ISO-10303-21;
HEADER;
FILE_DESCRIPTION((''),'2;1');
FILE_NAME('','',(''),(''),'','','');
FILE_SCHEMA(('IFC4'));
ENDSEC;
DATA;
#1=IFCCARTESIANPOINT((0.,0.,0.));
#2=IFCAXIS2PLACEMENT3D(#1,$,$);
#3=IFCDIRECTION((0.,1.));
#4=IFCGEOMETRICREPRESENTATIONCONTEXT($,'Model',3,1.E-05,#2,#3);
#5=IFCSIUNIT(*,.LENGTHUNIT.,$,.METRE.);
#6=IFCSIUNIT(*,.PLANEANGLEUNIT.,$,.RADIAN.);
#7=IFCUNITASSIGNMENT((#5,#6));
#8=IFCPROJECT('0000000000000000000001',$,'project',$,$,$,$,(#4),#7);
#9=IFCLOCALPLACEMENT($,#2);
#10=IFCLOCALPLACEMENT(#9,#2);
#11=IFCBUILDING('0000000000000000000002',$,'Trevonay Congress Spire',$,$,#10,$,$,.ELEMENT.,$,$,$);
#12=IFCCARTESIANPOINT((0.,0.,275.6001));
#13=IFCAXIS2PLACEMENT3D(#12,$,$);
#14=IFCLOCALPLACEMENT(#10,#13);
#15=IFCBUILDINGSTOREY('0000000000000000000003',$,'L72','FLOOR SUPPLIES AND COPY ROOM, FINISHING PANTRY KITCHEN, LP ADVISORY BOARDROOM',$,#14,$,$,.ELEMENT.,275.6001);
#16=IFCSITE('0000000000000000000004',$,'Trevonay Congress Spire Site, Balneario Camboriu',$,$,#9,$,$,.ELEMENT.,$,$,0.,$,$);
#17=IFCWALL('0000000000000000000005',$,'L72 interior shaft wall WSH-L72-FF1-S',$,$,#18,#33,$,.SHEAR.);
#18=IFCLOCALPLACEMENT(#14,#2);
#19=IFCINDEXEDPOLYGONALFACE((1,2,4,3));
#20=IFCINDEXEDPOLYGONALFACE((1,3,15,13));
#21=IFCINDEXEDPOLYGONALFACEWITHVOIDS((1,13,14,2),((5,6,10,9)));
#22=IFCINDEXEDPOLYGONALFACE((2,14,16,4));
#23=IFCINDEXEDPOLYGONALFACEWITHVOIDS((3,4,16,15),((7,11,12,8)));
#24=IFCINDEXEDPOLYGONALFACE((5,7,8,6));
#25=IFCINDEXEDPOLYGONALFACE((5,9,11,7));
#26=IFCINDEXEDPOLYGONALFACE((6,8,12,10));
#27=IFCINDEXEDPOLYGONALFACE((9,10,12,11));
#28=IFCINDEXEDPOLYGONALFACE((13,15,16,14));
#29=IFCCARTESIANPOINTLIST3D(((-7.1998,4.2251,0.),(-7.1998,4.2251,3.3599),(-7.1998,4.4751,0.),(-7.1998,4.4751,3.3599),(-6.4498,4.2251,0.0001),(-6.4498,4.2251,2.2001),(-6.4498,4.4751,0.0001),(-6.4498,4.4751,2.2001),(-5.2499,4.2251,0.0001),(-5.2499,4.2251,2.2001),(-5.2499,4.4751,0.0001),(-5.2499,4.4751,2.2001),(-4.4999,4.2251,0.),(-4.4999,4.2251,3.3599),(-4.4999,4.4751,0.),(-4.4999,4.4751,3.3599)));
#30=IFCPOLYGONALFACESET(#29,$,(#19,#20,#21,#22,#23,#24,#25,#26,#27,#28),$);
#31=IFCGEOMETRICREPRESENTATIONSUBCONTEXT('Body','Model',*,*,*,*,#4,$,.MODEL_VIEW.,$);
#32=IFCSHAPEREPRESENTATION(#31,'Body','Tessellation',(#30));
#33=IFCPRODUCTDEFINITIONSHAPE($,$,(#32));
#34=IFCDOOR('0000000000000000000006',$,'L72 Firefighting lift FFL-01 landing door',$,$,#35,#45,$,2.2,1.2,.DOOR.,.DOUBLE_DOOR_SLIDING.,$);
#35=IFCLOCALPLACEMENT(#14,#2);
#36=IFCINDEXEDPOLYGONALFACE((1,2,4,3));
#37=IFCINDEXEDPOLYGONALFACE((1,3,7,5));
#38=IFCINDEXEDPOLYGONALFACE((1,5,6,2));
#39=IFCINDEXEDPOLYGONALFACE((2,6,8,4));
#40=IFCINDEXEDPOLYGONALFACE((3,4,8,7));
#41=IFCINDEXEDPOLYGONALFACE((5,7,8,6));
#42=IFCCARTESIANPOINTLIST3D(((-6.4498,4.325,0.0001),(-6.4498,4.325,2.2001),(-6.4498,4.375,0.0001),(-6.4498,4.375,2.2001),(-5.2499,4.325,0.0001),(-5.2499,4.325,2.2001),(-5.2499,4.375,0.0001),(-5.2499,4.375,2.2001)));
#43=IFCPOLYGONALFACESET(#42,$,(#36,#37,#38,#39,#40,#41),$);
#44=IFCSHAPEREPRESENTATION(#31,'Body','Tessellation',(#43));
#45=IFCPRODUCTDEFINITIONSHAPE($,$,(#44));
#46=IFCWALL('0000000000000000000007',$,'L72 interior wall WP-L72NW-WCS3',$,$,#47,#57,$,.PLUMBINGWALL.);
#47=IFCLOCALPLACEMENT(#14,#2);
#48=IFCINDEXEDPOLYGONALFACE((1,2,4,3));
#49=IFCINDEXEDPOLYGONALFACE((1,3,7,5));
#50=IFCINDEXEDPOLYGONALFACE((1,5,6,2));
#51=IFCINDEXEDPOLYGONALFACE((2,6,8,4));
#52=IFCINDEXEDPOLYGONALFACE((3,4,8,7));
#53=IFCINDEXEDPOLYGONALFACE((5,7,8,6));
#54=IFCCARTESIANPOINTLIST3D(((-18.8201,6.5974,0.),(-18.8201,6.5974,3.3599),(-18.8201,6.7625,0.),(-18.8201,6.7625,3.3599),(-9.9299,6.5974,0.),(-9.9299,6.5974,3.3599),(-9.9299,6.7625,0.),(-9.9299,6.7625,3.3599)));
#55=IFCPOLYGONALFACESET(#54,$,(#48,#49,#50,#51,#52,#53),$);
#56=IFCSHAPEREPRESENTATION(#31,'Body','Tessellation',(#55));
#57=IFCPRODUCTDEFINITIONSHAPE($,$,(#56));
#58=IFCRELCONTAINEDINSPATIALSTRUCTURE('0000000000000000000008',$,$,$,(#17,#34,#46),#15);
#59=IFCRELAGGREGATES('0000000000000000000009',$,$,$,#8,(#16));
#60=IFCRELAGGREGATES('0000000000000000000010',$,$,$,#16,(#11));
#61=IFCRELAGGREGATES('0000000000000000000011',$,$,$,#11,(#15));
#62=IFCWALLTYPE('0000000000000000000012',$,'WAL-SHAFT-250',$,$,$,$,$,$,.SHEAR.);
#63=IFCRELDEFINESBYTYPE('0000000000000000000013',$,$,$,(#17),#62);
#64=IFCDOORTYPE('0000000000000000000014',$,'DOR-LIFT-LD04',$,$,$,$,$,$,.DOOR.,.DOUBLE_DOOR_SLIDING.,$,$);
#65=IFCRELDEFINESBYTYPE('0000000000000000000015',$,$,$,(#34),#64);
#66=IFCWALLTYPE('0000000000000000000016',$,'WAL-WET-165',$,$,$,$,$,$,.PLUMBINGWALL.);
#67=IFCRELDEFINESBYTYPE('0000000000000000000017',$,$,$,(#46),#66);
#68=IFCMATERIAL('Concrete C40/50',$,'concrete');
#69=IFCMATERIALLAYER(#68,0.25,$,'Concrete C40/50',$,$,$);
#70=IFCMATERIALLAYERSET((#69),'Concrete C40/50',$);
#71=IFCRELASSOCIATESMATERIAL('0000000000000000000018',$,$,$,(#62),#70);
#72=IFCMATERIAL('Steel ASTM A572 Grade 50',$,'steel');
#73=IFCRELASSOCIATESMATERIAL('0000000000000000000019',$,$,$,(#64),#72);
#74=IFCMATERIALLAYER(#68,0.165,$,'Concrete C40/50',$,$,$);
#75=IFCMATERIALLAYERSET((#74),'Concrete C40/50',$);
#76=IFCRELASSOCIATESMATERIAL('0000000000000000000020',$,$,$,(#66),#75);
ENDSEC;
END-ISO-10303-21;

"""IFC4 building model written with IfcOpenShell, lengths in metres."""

from ifc_helpers import new_model, si_unit, direction, frame, frame_2d, origin, place, context, subcontext, project, spatial, rectangle, extrude, material, layer, layer_set, type_object, element, fill, save


model = new_model("IFC4")

# Units and contexts
model_context = context("Model", 3, precision=1e-05, world=origin(), true_north=direction((0.0, 1.0)))
body_context = subcontext(model_context, "Body", "Model", "MODEL_VIEW")
ifc_project = project(units=[si_unit("LENGTHUNIT", "METRE"), si_unit("PLANEANGLEUNIT", "RADIAN")], contexts=[model_context])

# Site, building, storey
site_placement = place(None, origin())
site = spatial("IfcSite", under=ifc_project, at=site_placement, Name="Trevonay Congress Spire Site, Balneario Camboriu", CompositionType="ELEMENT", RefElevation=0.0)
building_placement = place(site_placement, origin())
building = spatial("IfcBuilding", under=site, at=building_placement, Name="Trevonay Congress Spire", CompositionType="ELEMENT")
storey_placement = place(building_placement, frame((0.0, 0.0, 275.6001)))
storey = spatial("IfcBuildingStorey", under=building, at=storey_placement, Name="L72", Description="FLOOR SUPPLIES AND COPY ROOM, FINISHING PANTRY KITCHEN, LP ADVISORY BOARDROOM", CompositionType="ELEMENT", Elevation=275.6001)

# Shared definitions
ifc_material_1 = material(Name="Steel ASTM A572 Grade 50", Category="steel")

# Shared definitions
ifc_material_2 = material(Name="Concrete C40/50", Category="concrete")

# Wall, opening, door
ifc_layer_1 = layer(ifc_material_2, 0.25, Name="Concrete C40/50")
ifc_layer_set_1 = layer_set([ifc_layer_1], Name="Concrete C40/50")
wall_type_1 = type_object("IfcWallType", Name="WAL-SHAFT-250", PredefinedType="SHEAR", material=ifc_layer_set_1)
wall_1_placement = place(storey_placement, frame((-7.2, 4.3501, 0.0), z_axis=(0.0, 0.0, 1.0), x_axis=(1.0, 0.0, 0.0)))
wall_1 = element("IfcWall", 1, at=wall_1_placement, inside=storey, type_object=wall_type_1, Name="L72 interior shaft wall WSH-L72-FF1-S", PredefinedType="SHEAR", context=body_context, shape_type="SweptSolid", body=[
    extrude(rectangle(XDim=2.7, YDim=0.25, at=frame_2d((1.3501, 0.0))), origin(), (0.0, 0.0, 1.0), 3.3599),
])
opening_placement = place(wall_1_placement, frame((0.75, 0.0, 0.0)))
opening = element("IfcOpeningElement", 2, at=opening_placement, cuts=wall_1, PredefinedType="OPENING", context=body_context, shape_type="SweptSolid", body=[
    extrude(rectangle(XDim=1.2, YDim=2.2, at=frame_2d((0.6001, 1.1001))), frame((0.0, 0.135, 0.0), z_axis=(0.0, -1.0, 0.0), x_axis=(1.0, 0.0, 0.0)), (0.0, 0.0, 1.0), 0.27),
])
door_type = type_object("IfcDoorType", Name="DOR-LIFT-LD04", OperationType="DOUBLE_DOOR_SLIDING", PredefinedType="DOOR", material=ifc_material_1)
door_placement = place(opening_placement, origin())
door = element("IfcDoor", 3, at=door_placement, inside=storey, type_object=door_type, Name="L72 Firefighting lift FFL-01 landing door", OperationType="DOUBLE_DOOR_SLIDING", OverallHeight=2.2, OverallWidth=1.2, PredefinedType="DOOR", context=body_context, shape_type="SweptSolid", body=[
    extrude(rectangle(XDim=1.2, YDim=2.2, at=frame_2d((0.6001, 1.1001))), frame((0.0, 0.0249, 0.0), z_axis=(0.0, -1.0, 0.0), x_axis=(1.0, 0.0, 0.0)), (0.0, 0.0, 1.0), 0.05),
])
fill(opening, door)

# Wall
ifc_layer_2 = layer(ifc_material_2, 0.165, Name="Concrete C40/50")
ifc_layer_set_2 = layer_set([ifc_layer_2], Name="Concrete C40/50")
wall_type_2 = type_object("IfcWallType", Name="WAL-WET-165", PredefinedType="PLUMBINGWALL", material=ifc_layer_set_2)
wall_2_placement = place(storey_placement, frame((-18.8201, 6.6799, 0.0), z_axis=(0.0, 0.0, 1.0), x_axis=(1.0, 0.0, 0.0)))
element("IfcWall", 4, at=wall_2_placement, inside=storey, type_object=wall_type_2, Name="L72 interior wall WP-L72NW-WCS3", PredefinedType="PLUMBINGWALL", context=body_context, shape_type="SweptSolid", body=[
    extrude(rectangle(XDim=8.8901, YDim=0.165, at=frame_2d((4.4451, 0.0))), origin(), (0.0, 0.0, 1.0), 3.3599),
])

save(model, "model.ifc")
